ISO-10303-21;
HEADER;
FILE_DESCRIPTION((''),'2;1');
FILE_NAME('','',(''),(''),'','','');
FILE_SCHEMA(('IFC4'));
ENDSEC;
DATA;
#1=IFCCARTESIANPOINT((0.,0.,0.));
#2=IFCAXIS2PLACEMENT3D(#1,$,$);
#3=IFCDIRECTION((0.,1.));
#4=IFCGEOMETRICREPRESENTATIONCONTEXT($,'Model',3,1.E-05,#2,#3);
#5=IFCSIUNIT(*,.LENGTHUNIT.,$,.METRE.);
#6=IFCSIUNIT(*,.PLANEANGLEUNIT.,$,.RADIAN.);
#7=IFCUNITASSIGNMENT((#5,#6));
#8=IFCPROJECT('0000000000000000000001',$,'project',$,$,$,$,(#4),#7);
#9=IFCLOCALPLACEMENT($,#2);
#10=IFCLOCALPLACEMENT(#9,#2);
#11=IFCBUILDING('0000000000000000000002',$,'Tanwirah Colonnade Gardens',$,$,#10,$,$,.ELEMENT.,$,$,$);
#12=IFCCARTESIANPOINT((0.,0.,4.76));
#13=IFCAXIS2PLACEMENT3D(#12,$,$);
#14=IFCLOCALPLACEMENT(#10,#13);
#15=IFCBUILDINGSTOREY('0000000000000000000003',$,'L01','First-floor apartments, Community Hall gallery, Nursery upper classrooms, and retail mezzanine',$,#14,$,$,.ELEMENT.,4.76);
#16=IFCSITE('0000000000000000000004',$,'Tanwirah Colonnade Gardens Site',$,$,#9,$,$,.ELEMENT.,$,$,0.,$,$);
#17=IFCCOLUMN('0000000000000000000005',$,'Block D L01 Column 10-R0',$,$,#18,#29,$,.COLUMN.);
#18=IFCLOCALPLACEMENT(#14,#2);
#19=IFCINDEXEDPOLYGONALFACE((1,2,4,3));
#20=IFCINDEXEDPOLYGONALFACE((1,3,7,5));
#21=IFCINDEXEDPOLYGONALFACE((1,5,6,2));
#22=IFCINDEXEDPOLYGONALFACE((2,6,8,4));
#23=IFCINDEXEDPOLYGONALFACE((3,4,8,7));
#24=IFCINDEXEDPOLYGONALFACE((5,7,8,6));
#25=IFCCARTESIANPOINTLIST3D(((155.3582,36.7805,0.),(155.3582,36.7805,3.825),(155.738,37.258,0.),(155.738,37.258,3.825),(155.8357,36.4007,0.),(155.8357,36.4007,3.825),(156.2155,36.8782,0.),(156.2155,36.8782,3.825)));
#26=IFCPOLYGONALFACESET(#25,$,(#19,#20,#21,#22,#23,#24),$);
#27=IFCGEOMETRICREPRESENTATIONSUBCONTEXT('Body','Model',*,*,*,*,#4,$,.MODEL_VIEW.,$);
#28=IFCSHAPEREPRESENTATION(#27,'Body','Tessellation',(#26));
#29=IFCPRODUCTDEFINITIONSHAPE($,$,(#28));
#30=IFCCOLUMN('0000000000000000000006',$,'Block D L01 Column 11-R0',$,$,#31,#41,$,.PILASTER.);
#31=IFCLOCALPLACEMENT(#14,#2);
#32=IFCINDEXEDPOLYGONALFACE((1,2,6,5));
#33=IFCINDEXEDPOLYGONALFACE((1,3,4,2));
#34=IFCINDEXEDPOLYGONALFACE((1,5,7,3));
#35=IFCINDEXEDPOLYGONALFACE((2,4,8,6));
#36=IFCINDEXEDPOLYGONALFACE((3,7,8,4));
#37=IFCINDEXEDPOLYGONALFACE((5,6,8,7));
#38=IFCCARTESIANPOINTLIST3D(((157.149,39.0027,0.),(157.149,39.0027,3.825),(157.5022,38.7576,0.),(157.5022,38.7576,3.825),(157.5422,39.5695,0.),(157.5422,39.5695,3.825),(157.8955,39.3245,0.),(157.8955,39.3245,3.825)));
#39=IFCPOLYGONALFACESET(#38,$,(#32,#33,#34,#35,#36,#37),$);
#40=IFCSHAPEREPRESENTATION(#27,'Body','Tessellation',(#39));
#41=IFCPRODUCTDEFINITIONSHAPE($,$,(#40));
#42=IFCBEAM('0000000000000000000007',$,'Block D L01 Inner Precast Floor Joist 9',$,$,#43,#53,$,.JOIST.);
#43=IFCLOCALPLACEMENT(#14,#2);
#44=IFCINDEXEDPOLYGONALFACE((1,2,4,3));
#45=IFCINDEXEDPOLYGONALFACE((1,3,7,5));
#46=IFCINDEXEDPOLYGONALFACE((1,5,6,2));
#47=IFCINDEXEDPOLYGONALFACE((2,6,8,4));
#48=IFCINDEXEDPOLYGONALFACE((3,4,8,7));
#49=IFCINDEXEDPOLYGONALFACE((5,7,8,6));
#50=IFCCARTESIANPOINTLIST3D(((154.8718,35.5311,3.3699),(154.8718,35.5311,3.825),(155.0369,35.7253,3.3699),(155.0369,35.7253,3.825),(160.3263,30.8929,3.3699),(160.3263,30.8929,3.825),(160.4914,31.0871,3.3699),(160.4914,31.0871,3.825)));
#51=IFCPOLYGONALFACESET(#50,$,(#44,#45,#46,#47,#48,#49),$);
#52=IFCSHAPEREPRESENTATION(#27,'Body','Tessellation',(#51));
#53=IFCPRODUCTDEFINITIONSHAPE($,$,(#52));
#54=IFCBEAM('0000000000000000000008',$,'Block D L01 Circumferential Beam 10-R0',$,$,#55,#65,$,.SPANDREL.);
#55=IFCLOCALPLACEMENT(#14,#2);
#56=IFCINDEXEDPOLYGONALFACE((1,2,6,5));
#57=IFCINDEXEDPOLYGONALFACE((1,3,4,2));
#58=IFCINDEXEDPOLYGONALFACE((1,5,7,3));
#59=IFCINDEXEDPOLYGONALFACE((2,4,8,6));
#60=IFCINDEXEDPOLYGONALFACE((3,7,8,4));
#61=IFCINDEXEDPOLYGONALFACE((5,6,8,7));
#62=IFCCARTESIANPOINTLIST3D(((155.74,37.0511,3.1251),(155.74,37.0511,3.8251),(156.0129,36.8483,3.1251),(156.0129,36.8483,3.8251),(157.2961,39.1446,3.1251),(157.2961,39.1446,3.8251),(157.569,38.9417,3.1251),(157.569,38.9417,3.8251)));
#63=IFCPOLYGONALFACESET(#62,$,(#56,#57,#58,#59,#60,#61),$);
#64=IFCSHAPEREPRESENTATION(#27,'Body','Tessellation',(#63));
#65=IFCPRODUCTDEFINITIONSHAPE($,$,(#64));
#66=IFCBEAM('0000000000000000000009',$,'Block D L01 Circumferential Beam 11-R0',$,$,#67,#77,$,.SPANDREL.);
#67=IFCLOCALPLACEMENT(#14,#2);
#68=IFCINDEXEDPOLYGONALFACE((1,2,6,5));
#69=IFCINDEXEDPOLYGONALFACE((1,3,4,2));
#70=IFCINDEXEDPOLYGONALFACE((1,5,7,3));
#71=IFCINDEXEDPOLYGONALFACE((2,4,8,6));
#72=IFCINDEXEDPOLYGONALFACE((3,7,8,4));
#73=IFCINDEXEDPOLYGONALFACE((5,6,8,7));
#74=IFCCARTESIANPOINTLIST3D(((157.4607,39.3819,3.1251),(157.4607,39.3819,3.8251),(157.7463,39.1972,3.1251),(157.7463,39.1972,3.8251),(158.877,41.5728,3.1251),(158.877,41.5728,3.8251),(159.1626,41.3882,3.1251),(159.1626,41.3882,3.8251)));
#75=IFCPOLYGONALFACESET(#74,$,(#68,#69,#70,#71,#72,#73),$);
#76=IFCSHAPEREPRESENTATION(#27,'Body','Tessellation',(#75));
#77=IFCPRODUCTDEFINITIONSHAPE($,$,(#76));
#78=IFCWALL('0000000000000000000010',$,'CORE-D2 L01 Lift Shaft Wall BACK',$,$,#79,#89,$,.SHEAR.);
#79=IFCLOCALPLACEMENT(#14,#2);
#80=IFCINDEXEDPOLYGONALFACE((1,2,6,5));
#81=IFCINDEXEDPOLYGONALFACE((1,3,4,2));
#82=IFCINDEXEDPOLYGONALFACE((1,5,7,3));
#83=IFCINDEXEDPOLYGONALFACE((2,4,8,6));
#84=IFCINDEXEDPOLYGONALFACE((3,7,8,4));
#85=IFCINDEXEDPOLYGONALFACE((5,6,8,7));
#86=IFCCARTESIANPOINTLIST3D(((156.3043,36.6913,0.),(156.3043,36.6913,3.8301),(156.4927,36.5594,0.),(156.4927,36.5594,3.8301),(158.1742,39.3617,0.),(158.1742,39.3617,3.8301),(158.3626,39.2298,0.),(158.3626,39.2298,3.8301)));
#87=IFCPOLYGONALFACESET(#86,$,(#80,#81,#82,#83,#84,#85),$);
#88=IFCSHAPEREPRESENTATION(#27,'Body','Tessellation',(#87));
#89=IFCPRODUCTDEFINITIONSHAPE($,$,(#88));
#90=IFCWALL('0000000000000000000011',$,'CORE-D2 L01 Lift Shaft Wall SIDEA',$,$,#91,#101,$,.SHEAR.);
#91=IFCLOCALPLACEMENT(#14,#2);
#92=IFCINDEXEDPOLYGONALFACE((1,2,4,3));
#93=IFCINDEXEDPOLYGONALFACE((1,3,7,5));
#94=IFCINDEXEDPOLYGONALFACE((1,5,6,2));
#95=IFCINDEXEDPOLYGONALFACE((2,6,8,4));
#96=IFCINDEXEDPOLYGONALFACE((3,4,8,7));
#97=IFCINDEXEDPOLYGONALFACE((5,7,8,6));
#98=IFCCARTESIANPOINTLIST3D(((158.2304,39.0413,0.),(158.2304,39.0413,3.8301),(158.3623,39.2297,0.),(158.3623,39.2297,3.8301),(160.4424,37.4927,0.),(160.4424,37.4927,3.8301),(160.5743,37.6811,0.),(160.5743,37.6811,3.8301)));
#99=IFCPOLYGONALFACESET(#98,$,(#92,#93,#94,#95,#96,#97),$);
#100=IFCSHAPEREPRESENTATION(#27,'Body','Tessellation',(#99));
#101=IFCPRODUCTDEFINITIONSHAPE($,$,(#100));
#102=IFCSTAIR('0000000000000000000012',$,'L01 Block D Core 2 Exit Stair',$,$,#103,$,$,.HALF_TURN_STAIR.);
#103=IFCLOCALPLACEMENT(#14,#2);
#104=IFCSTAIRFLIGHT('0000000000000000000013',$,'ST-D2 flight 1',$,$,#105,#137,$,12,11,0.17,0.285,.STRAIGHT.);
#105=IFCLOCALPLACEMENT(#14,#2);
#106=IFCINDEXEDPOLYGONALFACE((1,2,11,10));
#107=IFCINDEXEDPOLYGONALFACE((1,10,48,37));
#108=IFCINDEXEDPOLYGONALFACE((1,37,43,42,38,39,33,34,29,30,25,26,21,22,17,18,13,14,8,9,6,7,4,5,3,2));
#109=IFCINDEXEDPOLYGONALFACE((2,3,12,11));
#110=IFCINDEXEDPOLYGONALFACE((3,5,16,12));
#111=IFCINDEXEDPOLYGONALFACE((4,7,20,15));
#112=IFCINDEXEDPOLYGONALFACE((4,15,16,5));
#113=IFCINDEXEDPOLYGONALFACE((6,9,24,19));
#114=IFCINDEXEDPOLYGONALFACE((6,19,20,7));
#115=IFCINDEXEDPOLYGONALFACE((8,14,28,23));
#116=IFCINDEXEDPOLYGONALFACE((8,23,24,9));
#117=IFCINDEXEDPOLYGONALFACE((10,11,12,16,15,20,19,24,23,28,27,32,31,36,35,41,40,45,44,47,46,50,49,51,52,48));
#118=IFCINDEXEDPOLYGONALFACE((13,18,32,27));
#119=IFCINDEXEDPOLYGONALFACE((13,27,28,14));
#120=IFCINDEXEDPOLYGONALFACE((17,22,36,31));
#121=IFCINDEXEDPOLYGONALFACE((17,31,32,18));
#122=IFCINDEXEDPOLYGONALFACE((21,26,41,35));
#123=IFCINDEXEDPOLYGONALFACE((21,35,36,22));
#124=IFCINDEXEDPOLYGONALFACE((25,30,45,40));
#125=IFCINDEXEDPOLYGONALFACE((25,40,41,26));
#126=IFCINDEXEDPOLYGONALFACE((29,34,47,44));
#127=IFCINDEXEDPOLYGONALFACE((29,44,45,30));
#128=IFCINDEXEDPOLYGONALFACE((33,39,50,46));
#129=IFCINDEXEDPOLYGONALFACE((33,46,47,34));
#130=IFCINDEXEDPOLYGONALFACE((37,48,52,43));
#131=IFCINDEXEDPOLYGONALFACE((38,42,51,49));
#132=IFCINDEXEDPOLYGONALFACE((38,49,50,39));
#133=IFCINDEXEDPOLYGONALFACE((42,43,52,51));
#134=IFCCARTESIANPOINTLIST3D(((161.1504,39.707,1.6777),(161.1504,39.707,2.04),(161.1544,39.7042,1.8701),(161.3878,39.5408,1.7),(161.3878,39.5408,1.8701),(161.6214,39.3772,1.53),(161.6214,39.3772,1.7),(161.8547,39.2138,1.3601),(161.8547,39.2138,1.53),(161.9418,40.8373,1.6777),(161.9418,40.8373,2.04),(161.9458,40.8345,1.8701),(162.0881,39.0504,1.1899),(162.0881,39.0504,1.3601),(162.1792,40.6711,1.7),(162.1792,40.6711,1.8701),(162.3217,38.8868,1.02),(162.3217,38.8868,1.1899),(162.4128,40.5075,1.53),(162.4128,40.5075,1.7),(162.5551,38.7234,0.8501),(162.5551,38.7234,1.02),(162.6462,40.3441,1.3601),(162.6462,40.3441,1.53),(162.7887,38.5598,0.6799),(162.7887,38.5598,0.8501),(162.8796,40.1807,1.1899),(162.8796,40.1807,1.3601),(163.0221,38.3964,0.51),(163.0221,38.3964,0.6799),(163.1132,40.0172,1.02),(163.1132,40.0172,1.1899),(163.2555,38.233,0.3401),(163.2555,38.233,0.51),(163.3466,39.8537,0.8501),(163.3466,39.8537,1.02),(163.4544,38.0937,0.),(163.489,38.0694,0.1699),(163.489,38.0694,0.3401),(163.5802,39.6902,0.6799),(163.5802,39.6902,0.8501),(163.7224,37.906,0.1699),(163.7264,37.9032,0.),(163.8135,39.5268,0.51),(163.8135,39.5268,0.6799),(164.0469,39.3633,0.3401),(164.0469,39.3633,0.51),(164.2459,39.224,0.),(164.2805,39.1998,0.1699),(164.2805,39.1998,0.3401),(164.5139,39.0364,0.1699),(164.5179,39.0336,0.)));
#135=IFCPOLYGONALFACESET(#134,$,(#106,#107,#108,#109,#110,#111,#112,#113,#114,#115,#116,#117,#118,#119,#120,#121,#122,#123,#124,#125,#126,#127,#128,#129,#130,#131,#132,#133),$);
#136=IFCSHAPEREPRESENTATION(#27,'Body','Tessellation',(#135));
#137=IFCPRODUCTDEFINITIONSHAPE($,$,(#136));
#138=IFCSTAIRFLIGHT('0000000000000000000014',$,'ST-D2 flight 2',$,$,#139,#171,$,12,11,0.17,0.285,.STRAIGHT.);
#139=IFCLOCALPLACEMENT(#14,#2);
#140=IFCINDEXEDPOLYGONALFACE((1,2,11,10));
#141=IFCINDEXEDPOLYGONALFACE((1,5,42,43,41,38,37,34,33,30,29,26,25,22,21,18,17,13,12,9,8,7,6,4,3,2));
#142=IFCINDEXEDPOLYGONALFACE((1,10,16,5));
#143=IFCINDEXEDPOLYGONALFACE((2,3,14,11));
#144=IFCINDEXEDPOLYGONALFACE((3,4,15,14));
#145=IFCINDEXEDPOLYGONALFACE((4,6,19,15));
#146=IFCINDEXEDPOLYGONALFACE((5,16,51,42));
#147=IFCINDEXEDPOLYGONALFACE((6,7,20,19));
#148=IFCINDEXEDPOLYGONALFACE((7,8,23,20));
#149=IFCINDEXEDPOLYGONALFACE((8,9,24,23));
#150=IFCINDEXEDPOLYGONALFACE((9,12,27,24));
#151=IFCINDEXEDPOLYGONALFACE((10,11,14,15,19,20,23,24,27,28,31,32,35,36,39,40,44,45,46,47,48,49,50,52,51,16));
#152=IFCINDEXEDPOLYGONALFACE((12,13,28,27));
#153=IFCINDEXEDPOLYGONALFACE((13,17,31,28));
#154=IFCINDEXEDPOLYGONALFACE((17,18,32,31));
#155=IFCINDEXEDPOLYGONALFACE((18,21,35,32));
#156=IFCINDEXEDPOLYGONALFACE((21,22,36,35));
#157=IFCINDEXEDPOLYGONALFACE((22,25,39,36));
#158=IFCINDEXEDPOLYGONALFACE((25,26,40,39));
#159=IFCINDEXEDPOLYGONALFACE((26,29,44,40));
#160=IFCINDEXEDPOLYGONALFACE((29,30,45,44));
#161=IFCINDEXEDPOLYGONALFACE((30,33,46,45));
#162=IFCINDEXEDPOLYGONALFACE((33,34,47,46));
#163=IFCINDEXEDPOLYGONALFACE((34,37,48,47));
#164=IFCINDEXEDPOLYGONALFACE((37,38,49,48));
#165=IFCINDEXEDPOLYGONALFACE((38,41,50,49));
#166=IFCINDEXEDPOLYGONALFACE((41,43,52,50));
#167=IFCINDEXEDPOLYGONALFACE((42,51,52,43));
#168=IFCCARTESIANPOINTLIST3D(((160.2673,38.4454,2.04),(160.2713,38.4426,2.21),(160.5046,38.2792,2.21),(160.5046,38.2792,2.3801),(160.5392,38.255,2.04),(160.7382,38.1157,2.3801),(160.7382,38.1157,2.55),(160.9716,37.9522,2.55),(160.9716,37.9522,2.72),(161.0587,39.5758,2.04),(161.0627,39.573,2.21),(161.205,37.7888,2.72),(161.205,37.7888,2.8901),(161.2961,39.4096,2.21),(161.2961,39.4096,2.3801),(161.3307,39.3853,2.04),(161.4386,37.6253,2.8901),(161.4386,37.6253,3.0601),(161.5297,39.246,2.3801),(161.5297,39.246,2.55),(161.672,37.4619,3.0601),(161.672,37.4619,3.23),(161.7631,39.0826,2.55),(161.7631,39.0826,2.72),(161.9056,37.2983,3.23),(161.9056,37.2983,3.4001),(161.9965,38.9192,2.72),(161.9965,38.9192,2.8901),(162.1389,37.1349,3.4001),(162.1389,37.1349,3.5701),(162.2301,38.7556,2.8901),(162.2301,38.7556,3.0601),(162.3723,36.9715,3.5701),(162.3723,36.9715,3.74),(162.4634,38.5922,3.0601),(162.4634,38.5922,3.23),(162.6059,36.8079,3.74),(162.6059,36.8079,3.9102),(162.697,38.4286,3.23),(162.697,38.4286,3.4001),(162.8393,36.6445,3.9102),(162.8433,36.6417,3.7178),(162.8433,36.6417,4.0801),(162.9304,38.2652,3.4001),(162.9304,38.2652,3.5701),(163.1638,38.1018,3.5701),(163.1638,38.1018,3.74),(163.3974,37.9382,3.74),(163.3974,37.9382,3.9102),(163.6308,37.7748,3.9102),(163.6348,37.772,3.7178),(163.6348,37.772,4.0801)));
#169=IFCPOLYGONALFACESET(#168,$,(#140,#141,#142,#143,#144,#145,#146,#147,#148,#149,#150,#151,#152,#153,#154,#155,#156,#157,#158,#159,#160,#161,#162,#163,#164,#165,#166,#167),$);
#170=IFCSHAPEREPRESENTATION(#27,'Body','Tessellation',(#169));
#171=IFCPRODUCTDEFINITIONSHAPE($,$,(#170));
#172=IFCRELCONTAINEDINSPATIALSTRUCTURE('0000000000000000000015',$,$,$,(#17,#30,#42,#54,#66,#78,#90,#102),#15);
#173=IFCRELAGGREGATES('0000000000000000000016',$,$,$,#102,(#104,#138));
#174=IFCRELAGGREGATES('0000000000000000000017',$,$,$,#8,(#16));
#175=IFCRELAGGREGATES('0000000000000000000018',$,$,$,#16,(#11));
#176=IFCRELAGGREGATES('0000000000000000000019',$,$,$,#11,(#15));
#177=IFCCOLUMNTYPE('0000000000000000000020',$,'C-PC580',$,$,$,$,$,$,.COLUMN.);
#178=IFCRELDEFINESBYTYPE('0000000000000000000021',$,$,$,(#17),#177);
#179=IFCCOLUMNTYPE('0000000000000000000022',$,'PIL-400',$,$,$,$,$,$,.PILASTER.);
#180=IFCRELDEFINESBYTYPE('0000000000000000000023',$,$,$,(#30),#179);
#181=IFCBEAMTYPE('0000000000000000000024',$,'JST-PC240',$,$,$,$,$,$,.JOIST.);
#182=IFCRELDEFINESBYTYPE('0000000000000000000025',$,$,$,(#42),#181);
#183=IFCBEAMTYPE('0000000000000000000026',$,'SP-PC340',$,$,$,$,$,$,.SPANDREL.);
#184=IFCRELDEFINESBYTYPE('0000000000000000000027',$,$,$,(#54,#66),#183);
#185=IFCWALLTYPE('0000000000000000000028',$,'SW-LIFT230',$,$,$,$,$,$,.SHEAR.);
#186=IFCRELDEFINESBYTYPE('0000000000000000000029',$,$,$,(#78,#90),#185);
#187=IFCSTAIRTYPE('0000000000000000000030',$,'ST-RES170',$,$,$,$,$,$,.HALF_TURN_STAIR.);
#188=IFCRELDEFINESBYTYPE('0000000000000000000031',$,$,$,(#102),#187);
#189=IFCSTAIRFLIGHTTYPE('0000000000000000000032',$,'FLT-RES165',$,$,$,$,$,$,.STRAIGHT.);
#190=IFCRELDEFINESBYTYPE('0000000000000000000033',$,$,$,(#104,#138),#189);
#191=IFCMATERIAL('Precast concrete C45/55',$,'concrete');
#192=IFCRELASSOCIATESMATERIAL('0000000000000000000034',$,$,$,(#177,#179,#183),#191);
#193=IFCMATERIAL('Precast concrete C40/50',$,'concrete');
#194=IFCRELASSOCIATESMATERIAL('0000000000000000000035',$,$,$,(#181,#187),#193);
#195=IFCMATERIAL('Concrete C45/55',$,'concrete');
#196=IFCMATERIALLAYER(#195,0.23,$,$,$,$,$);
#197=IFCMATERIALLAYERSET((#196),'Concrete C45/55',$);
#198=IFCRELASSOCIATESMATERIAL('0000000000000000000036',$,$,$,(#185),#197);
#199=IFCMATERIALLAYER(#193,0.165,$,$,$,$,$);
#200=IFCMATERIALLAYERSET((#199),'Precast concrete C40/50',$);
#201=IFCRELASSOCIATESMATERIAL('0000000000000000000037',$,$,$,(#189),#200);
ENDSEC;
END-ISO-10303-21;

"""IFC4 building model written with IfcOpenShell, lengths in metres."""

from ifc_helpers import new_model, si_unit, direction, frame, frame_2d, origin, origin_2d, place, context, subcontext, project, spatial, polyline, rectangle, outline, extrude, material, layer, layer_set, material_profile, profile_set, type_object, element, aggregate, save


model = new_model("IFC4")

# Units and contexts
model_context = context("Model", 3, precision=1e-05, world=origin(), true_north=direction((0.0, 1.0)))
body_context = subcontext(model_context, "Body", "Model", "MODEL_VIEW")
ifc_project = project(units=[si_unit("LENGTHUNIT", "METRE"), si_unit("PLANEANGLEUNIT", "RADIAN")], contexts=[model_context])

# Site, building, storey
site_placement = place(None, origin())
site = spatial("IfcSite", under=ifc_project, at=site_placement, Name="Tanwirah Colonnade Gardens Site", CompositionType="ELEMENT", RefElevation=0.0)
building_placement = place(site_placement, origin())
building = spatial("IfcBuilding", under=site, at=building_placement, Name="Tanwirah Colonnade Gardens", CompositionType="ELEMENT")
storey_placement = place(building_placement, frame((0.0, 0.0, 4.76)))
storey = spatial("IfcBuildingStorey", under=building, at=storey_placement, Name="L01", Description="First-floor apartments, Community Hall gallery, Nursery upper classrooms, and retail mezzanine", CompositionType="ELEMENT", Elevation=4.76)

# Columns
ifc_material_1 = material(Name="Precast concrete C45/55", Category="concrete")
ifc_material_profile_1 = material_profile(ifc_material_1, rectangle(XDim=0.6101, YDim=0.6101, at=origin_2d()), Name="PC-COL 610x610")
ifc_profile_set_1 = profile_set([ifc_material_profile_1], Name="Precast concrete C45/55")
column_type_1 = type_object("IfcColumnType", Name="C-PC580", PredefinedType="COLUMN", material=ifc_profile_set_1)
column_1_placement = place(storey_placement, frame((155.7869, 36.8293, 0.0), z_axis=(0.0, 0.0, 1.0), x_axis=(0.782608, -0.622515, 0.0)))
element("IfcColumn", 1, at=column_1_placement, inside=storey, type_object=column_type_1, Name="Block D L01 Column 10-R0", PredefinedType="COLUMN", context=body_context, shape_type="SweptSolid", body=[
    extrude(rectangle(XDim=0.6101, YDim=0.6101, at=origin_2d()), origin(), (0.0, 0.0, 1.0), 3.825),
])
ifc_material_profile_2 = material_profile(ifc_material_1, rectangle(XDim=0.4299, YDim=0.6899, at=origin_2d()), Name="PC-PIL 430x690")
ifc_profile_set_2 = profile_set([ifc_material_profile_2], Name="Precast concrete C45/55")
column_type_2 = type_object("IfcColumnType", Name="PIL-400", PredefinedType="PILASTER", material=ifc_profile_set_2)
column_2_placement = place(storey_placement, frame((157.5222, 39.1636, 0.0), z_axis=(0.0, 0.0, 1.0), x_axis=(0.821647, -0.569997, 0.0)))
element("IfcColumn", 2, at=column_2_placement, inside=storey, type_object=column_type_2, Name="Block D L01 Column 11-R0", PredefinedType="PILASTER", context=body_context, shape_type="SweptSolid", body=[
    extrude(rectangle(XDim=0.4299, YDim=0.6899, at=origin_2d()), origin(), (0.0, 0.0, 1.0), 3.825),
])

# Beams
ifc_material_2 = material(Name="Precast concrete C40/50", Category="concrete")
ifc_material_profile_3 = material_profile(ifc_material_2, rectangle(XDim=0.2549, YDim=0.4551, at=origin_2d()), Name="PC-JST 255x455")
ifc_profile_set_3 = profile_set([ifc_material_profile_3], Name="Precast concrete C40/50")
beam_type_1 = type_object("IfcBeamType", Name="JST-PC240", PredefinedType="JOIST", material=ifc_profile_set_3)
beam_1_placement = place(storey_placement, frame((154.9543, 35.6282, 3.5974), z_axis=(0.761816, -0.647793, 0.0), x_axis=(0.647793, 0.761816, 0.0)))
element("IfcBeam", 3, at=beam_1_placement, inside=storey, type_object=beam_type_1, Name="Block D L01 Inner Precast Floor Joist 9", PredefinedType="JOIST", context=body_context, shape_type="SweptSolid", body=[
    extrude(rectangle(XDim=0.2549, YDim=0.4551, at=origin_2d()), origin(), (0.0, 0.0, 1.0), 7.1599),
])
ifc_material_profile_4 = material_profile(ifc_material_1, rectangle(XDim=0.3401, YDim=0.7, at=origin_2d()), Name="PC-SP 340x700")
ifc_profile_set_4 = profile_set([ifc_material_profile_4], Name="Precast concrete C45/55")
beam_type_2 = type_object("IfcBeamType", Name="SP-PC340", PredefinedType="SPANDREL", material=ifc_profile_set_4)
beam_2_placement = place(storey_placement, frame((155.8765, 36.9497, 3.4751), z_axis=(0.596565, 0.802565, 0.0), x_axis=(-0.802565, 0.596565, 0.0)))
element("IfcBeam", 4, at=beam_2_placement, inside=storey, type_object=beam_type_2, Name="Block D L01 Circumferential Beam 10-R0", PredefinedType="SPANDREL", context=body_context, shape_type="SweptSolid", body=[
    extrude(rectangle(XDim=0.3401, YDim=0.7, at=origin_2d()), origin(), (0.0, 0.0, 1.0), 2.6084),
])
beam_3_placement = place(storey_placement, frame((157.6035, 39.2896, 3.4751), z_axis=(0.542875, 0.839814, 0.0), x_axis=(-0.839814, 0.542875, 0.0)))
element("IfcBeam", 5, at=beam_3_placement, inside=storey, type_object=beam_type_2, Name="Block D L01 Circumferential Beam 11-R0", PredefinedType="SPANDREL", context=body_context, shape_type="SweptSolid", body=[
    extrude(rectangle(XDim=0.3401, YDim=0.7, at=origin_2d()), origin(), (0.0, 0.0, 1.0), 2.6089),
])

# Shared definitions
ifc_material_3 = material(Name="Concrete C45/55", Category="concrete")
ifc_layer_1 = layer(ifc_material_3, 0.23)
ifc_layer_set_1 = layer_set([ifc_layer_1], Name="Concrete C45/55")
wall_type_1 = type_object("IfcWallType", Name="SW-LIFT230", PredefinedType="SHEAR", material=ifc_layer_set_1)

# Walls
wall_1_placement = place(storey_placement, frame((158.2683, 39.2957, 0.0), z_axis=(0.0, 0.0, 1.0), x_axis=(-0.573583, -0.819147, 0.0)))
element("IfcWall", 6, at=wall_1_placement, inside=storey, type_object=wall_type_1, Name="CORE-D2 L01 Lift Shaft Wall BACK", PredefinedType="SHEAR", context=body_context, shape_type="SweptSolid", body=[
    extrude(rectangle(XDim=3.26, YDim=0.23, at=frame_2d((1.6299, 0.0))), origin(), (0.0, 0.0, 1.0), 3.8301),
])
wall_2_placement = place(storey_placement, frame((160.5083, 37.5869, 0.0), z_axis=(0.0, 0.0, 1.0), x_axis=(-0.819189, 0.573523, 0.0)))
element("IfcWall", 7, at=wall_2_placement, inside=storey, type_object=wall_type_1, Name="CORE-D2 L01 Lift Shaft Wall SIDEA", PredefinedType="SHEAR", context=body_context, shape_type="SweptSolid", body=[
    extrude(rectangle(XDim=2.7002, YDim=0.23, at=frame_2d((1.3501, 0.0))), origin(), (0.0, 0.0, 1.0), 3.8301),
])

# Stair, stair flights
stair_type = type_object("IfcStairType", Name="ST-RES170", PredefinedType="HALF_TURN_STAIR", material=ifc_material_2)
stair_placement = place(storey_placement, origin())
stair = element("IfcStair", 8, at=stair_placement, inside=storey, type_object=stair_type, Name="L01 Block D Core 2 Exit Stair", PredefinedType="HALF_TURN_STAIR")
ifc_layer_2 = layer(ifc_material_2, 0.165)
ifc_layer_set_2 = layer_set([ifc_layer_2], Name="Precast concrete C40/50")
stair_flight_type = type_object("IfcStairFlightType", Name="FLT-RES165", PredefinedType="STRAIGHT", material=ifc_layer_set_2)
stair_flight_1_placement = place(storey_placement, frame((164.1182, 38.4712, 0.0), z_axis=(0.0, 0.0, 1.0), x_axis=(-0.819152, 0.573576, 0.0)))
stair_flight_1 = element("IfcStairFlight", 9, at=stair_flight_1_placement, type_object=stair_flight_type, Name="ST-D2 flight 1", NumberOfRisers=12, NumberOfTreads=11, PredefinedType="STRAIGHT", RiserHeight=0.17, TreadLength=0.285, context=body_context, shape_type="SweptSolid", body=[
    extrude(outline(polyline([(-0.0049, 0.0), (0.0, 0.1699), (0.2849, 0.1699), (0.2849, 0.3401), (0.5701, 0.3401), (0.5701, 0.51), (0.855, 0.51), (0.855, 0.6799), (1.1399, 0.6799), (1.1399, 0.8501), (1.425, 0.8501), (1.425, 1.02), (1.71, 1.02), (1.71, 1.1899), (1.9951, 1.1899), (1.9951, 1.3601), (2.28, 1.3601), (2.28, 1.53), (2.5649, 1.53), (2.5649, 1.7), (2.8501, 1.7), (2.8501, 1.8701), (3.135, 1.8701), (3.1399, 2.04), (3.1399, 1.6777), (0.3271, 0.0), (-0.0049, 0.0)])), frame((0.0, 0.6899, 0.0), z_axis=(0.0, -1.0, 0.0), x_axis=(1.0, 0.0, 0.0)), (0.0, 0.0, 1.0), 1.3799),
])
stair_flight_2_placement = place(storey_placement, frame((160.667, 39.0078, 2.04), z_axis=(0.0, 0.0, 1.0), x_axis=(0.819152, -0.573576, 0.0)))
stair_flight_2 = element("IfcStairFlight", 10, at=stair_flight_2_placement, type_object=stair_flight_type, Name="ST-D2 flight 2", NumberOfRisers=12, NumberOfTreads=11, PredefinedType="STRAIGHT", RiserHeight=0.17, TreadLength=0.285, context=body_context, shape_type="SweptSolid", body=[
    extrude(outline(polyline([(-0.0049, 0.0), (0.0, 0.1699), (0.2849, 0.1699), (0.2849, 0.3401), (0.5701, 0.3401), (0.5701, 0.51), (0.855, 0.51), (0.855, 0.6799), (1.1399, 0.6799), (1.1399, 0.8501), (1.425, 0.8501), (1.425, 1.02), (1.71, 1.02), (1.71, 1.1899), (1.9951, 1.1899), (1.9951, 1.3601), (2.28, 1.3601), (2.28, 1.53), (2.5649, 1.53), (2.5649, 1.7), (2.8501, 1.7), (2.8501, 1.8701), (3.135, 1.8701), (3.1399, 2.04), (3.1399, 1.6777), (0.3271, 0.0), (-0.0049, 0.0)])), frame((0.0, 0.6899, 0.0), z_axis=(0.0, -1.0, 0.0), x_axis=(1.0, 0.0, 0.0)), (0.0, 0.0, 1.0), 1.3799),
])
aggregate(stair, [stair_flight_1, stair_flight_2])

save(model, "model.ifc")
